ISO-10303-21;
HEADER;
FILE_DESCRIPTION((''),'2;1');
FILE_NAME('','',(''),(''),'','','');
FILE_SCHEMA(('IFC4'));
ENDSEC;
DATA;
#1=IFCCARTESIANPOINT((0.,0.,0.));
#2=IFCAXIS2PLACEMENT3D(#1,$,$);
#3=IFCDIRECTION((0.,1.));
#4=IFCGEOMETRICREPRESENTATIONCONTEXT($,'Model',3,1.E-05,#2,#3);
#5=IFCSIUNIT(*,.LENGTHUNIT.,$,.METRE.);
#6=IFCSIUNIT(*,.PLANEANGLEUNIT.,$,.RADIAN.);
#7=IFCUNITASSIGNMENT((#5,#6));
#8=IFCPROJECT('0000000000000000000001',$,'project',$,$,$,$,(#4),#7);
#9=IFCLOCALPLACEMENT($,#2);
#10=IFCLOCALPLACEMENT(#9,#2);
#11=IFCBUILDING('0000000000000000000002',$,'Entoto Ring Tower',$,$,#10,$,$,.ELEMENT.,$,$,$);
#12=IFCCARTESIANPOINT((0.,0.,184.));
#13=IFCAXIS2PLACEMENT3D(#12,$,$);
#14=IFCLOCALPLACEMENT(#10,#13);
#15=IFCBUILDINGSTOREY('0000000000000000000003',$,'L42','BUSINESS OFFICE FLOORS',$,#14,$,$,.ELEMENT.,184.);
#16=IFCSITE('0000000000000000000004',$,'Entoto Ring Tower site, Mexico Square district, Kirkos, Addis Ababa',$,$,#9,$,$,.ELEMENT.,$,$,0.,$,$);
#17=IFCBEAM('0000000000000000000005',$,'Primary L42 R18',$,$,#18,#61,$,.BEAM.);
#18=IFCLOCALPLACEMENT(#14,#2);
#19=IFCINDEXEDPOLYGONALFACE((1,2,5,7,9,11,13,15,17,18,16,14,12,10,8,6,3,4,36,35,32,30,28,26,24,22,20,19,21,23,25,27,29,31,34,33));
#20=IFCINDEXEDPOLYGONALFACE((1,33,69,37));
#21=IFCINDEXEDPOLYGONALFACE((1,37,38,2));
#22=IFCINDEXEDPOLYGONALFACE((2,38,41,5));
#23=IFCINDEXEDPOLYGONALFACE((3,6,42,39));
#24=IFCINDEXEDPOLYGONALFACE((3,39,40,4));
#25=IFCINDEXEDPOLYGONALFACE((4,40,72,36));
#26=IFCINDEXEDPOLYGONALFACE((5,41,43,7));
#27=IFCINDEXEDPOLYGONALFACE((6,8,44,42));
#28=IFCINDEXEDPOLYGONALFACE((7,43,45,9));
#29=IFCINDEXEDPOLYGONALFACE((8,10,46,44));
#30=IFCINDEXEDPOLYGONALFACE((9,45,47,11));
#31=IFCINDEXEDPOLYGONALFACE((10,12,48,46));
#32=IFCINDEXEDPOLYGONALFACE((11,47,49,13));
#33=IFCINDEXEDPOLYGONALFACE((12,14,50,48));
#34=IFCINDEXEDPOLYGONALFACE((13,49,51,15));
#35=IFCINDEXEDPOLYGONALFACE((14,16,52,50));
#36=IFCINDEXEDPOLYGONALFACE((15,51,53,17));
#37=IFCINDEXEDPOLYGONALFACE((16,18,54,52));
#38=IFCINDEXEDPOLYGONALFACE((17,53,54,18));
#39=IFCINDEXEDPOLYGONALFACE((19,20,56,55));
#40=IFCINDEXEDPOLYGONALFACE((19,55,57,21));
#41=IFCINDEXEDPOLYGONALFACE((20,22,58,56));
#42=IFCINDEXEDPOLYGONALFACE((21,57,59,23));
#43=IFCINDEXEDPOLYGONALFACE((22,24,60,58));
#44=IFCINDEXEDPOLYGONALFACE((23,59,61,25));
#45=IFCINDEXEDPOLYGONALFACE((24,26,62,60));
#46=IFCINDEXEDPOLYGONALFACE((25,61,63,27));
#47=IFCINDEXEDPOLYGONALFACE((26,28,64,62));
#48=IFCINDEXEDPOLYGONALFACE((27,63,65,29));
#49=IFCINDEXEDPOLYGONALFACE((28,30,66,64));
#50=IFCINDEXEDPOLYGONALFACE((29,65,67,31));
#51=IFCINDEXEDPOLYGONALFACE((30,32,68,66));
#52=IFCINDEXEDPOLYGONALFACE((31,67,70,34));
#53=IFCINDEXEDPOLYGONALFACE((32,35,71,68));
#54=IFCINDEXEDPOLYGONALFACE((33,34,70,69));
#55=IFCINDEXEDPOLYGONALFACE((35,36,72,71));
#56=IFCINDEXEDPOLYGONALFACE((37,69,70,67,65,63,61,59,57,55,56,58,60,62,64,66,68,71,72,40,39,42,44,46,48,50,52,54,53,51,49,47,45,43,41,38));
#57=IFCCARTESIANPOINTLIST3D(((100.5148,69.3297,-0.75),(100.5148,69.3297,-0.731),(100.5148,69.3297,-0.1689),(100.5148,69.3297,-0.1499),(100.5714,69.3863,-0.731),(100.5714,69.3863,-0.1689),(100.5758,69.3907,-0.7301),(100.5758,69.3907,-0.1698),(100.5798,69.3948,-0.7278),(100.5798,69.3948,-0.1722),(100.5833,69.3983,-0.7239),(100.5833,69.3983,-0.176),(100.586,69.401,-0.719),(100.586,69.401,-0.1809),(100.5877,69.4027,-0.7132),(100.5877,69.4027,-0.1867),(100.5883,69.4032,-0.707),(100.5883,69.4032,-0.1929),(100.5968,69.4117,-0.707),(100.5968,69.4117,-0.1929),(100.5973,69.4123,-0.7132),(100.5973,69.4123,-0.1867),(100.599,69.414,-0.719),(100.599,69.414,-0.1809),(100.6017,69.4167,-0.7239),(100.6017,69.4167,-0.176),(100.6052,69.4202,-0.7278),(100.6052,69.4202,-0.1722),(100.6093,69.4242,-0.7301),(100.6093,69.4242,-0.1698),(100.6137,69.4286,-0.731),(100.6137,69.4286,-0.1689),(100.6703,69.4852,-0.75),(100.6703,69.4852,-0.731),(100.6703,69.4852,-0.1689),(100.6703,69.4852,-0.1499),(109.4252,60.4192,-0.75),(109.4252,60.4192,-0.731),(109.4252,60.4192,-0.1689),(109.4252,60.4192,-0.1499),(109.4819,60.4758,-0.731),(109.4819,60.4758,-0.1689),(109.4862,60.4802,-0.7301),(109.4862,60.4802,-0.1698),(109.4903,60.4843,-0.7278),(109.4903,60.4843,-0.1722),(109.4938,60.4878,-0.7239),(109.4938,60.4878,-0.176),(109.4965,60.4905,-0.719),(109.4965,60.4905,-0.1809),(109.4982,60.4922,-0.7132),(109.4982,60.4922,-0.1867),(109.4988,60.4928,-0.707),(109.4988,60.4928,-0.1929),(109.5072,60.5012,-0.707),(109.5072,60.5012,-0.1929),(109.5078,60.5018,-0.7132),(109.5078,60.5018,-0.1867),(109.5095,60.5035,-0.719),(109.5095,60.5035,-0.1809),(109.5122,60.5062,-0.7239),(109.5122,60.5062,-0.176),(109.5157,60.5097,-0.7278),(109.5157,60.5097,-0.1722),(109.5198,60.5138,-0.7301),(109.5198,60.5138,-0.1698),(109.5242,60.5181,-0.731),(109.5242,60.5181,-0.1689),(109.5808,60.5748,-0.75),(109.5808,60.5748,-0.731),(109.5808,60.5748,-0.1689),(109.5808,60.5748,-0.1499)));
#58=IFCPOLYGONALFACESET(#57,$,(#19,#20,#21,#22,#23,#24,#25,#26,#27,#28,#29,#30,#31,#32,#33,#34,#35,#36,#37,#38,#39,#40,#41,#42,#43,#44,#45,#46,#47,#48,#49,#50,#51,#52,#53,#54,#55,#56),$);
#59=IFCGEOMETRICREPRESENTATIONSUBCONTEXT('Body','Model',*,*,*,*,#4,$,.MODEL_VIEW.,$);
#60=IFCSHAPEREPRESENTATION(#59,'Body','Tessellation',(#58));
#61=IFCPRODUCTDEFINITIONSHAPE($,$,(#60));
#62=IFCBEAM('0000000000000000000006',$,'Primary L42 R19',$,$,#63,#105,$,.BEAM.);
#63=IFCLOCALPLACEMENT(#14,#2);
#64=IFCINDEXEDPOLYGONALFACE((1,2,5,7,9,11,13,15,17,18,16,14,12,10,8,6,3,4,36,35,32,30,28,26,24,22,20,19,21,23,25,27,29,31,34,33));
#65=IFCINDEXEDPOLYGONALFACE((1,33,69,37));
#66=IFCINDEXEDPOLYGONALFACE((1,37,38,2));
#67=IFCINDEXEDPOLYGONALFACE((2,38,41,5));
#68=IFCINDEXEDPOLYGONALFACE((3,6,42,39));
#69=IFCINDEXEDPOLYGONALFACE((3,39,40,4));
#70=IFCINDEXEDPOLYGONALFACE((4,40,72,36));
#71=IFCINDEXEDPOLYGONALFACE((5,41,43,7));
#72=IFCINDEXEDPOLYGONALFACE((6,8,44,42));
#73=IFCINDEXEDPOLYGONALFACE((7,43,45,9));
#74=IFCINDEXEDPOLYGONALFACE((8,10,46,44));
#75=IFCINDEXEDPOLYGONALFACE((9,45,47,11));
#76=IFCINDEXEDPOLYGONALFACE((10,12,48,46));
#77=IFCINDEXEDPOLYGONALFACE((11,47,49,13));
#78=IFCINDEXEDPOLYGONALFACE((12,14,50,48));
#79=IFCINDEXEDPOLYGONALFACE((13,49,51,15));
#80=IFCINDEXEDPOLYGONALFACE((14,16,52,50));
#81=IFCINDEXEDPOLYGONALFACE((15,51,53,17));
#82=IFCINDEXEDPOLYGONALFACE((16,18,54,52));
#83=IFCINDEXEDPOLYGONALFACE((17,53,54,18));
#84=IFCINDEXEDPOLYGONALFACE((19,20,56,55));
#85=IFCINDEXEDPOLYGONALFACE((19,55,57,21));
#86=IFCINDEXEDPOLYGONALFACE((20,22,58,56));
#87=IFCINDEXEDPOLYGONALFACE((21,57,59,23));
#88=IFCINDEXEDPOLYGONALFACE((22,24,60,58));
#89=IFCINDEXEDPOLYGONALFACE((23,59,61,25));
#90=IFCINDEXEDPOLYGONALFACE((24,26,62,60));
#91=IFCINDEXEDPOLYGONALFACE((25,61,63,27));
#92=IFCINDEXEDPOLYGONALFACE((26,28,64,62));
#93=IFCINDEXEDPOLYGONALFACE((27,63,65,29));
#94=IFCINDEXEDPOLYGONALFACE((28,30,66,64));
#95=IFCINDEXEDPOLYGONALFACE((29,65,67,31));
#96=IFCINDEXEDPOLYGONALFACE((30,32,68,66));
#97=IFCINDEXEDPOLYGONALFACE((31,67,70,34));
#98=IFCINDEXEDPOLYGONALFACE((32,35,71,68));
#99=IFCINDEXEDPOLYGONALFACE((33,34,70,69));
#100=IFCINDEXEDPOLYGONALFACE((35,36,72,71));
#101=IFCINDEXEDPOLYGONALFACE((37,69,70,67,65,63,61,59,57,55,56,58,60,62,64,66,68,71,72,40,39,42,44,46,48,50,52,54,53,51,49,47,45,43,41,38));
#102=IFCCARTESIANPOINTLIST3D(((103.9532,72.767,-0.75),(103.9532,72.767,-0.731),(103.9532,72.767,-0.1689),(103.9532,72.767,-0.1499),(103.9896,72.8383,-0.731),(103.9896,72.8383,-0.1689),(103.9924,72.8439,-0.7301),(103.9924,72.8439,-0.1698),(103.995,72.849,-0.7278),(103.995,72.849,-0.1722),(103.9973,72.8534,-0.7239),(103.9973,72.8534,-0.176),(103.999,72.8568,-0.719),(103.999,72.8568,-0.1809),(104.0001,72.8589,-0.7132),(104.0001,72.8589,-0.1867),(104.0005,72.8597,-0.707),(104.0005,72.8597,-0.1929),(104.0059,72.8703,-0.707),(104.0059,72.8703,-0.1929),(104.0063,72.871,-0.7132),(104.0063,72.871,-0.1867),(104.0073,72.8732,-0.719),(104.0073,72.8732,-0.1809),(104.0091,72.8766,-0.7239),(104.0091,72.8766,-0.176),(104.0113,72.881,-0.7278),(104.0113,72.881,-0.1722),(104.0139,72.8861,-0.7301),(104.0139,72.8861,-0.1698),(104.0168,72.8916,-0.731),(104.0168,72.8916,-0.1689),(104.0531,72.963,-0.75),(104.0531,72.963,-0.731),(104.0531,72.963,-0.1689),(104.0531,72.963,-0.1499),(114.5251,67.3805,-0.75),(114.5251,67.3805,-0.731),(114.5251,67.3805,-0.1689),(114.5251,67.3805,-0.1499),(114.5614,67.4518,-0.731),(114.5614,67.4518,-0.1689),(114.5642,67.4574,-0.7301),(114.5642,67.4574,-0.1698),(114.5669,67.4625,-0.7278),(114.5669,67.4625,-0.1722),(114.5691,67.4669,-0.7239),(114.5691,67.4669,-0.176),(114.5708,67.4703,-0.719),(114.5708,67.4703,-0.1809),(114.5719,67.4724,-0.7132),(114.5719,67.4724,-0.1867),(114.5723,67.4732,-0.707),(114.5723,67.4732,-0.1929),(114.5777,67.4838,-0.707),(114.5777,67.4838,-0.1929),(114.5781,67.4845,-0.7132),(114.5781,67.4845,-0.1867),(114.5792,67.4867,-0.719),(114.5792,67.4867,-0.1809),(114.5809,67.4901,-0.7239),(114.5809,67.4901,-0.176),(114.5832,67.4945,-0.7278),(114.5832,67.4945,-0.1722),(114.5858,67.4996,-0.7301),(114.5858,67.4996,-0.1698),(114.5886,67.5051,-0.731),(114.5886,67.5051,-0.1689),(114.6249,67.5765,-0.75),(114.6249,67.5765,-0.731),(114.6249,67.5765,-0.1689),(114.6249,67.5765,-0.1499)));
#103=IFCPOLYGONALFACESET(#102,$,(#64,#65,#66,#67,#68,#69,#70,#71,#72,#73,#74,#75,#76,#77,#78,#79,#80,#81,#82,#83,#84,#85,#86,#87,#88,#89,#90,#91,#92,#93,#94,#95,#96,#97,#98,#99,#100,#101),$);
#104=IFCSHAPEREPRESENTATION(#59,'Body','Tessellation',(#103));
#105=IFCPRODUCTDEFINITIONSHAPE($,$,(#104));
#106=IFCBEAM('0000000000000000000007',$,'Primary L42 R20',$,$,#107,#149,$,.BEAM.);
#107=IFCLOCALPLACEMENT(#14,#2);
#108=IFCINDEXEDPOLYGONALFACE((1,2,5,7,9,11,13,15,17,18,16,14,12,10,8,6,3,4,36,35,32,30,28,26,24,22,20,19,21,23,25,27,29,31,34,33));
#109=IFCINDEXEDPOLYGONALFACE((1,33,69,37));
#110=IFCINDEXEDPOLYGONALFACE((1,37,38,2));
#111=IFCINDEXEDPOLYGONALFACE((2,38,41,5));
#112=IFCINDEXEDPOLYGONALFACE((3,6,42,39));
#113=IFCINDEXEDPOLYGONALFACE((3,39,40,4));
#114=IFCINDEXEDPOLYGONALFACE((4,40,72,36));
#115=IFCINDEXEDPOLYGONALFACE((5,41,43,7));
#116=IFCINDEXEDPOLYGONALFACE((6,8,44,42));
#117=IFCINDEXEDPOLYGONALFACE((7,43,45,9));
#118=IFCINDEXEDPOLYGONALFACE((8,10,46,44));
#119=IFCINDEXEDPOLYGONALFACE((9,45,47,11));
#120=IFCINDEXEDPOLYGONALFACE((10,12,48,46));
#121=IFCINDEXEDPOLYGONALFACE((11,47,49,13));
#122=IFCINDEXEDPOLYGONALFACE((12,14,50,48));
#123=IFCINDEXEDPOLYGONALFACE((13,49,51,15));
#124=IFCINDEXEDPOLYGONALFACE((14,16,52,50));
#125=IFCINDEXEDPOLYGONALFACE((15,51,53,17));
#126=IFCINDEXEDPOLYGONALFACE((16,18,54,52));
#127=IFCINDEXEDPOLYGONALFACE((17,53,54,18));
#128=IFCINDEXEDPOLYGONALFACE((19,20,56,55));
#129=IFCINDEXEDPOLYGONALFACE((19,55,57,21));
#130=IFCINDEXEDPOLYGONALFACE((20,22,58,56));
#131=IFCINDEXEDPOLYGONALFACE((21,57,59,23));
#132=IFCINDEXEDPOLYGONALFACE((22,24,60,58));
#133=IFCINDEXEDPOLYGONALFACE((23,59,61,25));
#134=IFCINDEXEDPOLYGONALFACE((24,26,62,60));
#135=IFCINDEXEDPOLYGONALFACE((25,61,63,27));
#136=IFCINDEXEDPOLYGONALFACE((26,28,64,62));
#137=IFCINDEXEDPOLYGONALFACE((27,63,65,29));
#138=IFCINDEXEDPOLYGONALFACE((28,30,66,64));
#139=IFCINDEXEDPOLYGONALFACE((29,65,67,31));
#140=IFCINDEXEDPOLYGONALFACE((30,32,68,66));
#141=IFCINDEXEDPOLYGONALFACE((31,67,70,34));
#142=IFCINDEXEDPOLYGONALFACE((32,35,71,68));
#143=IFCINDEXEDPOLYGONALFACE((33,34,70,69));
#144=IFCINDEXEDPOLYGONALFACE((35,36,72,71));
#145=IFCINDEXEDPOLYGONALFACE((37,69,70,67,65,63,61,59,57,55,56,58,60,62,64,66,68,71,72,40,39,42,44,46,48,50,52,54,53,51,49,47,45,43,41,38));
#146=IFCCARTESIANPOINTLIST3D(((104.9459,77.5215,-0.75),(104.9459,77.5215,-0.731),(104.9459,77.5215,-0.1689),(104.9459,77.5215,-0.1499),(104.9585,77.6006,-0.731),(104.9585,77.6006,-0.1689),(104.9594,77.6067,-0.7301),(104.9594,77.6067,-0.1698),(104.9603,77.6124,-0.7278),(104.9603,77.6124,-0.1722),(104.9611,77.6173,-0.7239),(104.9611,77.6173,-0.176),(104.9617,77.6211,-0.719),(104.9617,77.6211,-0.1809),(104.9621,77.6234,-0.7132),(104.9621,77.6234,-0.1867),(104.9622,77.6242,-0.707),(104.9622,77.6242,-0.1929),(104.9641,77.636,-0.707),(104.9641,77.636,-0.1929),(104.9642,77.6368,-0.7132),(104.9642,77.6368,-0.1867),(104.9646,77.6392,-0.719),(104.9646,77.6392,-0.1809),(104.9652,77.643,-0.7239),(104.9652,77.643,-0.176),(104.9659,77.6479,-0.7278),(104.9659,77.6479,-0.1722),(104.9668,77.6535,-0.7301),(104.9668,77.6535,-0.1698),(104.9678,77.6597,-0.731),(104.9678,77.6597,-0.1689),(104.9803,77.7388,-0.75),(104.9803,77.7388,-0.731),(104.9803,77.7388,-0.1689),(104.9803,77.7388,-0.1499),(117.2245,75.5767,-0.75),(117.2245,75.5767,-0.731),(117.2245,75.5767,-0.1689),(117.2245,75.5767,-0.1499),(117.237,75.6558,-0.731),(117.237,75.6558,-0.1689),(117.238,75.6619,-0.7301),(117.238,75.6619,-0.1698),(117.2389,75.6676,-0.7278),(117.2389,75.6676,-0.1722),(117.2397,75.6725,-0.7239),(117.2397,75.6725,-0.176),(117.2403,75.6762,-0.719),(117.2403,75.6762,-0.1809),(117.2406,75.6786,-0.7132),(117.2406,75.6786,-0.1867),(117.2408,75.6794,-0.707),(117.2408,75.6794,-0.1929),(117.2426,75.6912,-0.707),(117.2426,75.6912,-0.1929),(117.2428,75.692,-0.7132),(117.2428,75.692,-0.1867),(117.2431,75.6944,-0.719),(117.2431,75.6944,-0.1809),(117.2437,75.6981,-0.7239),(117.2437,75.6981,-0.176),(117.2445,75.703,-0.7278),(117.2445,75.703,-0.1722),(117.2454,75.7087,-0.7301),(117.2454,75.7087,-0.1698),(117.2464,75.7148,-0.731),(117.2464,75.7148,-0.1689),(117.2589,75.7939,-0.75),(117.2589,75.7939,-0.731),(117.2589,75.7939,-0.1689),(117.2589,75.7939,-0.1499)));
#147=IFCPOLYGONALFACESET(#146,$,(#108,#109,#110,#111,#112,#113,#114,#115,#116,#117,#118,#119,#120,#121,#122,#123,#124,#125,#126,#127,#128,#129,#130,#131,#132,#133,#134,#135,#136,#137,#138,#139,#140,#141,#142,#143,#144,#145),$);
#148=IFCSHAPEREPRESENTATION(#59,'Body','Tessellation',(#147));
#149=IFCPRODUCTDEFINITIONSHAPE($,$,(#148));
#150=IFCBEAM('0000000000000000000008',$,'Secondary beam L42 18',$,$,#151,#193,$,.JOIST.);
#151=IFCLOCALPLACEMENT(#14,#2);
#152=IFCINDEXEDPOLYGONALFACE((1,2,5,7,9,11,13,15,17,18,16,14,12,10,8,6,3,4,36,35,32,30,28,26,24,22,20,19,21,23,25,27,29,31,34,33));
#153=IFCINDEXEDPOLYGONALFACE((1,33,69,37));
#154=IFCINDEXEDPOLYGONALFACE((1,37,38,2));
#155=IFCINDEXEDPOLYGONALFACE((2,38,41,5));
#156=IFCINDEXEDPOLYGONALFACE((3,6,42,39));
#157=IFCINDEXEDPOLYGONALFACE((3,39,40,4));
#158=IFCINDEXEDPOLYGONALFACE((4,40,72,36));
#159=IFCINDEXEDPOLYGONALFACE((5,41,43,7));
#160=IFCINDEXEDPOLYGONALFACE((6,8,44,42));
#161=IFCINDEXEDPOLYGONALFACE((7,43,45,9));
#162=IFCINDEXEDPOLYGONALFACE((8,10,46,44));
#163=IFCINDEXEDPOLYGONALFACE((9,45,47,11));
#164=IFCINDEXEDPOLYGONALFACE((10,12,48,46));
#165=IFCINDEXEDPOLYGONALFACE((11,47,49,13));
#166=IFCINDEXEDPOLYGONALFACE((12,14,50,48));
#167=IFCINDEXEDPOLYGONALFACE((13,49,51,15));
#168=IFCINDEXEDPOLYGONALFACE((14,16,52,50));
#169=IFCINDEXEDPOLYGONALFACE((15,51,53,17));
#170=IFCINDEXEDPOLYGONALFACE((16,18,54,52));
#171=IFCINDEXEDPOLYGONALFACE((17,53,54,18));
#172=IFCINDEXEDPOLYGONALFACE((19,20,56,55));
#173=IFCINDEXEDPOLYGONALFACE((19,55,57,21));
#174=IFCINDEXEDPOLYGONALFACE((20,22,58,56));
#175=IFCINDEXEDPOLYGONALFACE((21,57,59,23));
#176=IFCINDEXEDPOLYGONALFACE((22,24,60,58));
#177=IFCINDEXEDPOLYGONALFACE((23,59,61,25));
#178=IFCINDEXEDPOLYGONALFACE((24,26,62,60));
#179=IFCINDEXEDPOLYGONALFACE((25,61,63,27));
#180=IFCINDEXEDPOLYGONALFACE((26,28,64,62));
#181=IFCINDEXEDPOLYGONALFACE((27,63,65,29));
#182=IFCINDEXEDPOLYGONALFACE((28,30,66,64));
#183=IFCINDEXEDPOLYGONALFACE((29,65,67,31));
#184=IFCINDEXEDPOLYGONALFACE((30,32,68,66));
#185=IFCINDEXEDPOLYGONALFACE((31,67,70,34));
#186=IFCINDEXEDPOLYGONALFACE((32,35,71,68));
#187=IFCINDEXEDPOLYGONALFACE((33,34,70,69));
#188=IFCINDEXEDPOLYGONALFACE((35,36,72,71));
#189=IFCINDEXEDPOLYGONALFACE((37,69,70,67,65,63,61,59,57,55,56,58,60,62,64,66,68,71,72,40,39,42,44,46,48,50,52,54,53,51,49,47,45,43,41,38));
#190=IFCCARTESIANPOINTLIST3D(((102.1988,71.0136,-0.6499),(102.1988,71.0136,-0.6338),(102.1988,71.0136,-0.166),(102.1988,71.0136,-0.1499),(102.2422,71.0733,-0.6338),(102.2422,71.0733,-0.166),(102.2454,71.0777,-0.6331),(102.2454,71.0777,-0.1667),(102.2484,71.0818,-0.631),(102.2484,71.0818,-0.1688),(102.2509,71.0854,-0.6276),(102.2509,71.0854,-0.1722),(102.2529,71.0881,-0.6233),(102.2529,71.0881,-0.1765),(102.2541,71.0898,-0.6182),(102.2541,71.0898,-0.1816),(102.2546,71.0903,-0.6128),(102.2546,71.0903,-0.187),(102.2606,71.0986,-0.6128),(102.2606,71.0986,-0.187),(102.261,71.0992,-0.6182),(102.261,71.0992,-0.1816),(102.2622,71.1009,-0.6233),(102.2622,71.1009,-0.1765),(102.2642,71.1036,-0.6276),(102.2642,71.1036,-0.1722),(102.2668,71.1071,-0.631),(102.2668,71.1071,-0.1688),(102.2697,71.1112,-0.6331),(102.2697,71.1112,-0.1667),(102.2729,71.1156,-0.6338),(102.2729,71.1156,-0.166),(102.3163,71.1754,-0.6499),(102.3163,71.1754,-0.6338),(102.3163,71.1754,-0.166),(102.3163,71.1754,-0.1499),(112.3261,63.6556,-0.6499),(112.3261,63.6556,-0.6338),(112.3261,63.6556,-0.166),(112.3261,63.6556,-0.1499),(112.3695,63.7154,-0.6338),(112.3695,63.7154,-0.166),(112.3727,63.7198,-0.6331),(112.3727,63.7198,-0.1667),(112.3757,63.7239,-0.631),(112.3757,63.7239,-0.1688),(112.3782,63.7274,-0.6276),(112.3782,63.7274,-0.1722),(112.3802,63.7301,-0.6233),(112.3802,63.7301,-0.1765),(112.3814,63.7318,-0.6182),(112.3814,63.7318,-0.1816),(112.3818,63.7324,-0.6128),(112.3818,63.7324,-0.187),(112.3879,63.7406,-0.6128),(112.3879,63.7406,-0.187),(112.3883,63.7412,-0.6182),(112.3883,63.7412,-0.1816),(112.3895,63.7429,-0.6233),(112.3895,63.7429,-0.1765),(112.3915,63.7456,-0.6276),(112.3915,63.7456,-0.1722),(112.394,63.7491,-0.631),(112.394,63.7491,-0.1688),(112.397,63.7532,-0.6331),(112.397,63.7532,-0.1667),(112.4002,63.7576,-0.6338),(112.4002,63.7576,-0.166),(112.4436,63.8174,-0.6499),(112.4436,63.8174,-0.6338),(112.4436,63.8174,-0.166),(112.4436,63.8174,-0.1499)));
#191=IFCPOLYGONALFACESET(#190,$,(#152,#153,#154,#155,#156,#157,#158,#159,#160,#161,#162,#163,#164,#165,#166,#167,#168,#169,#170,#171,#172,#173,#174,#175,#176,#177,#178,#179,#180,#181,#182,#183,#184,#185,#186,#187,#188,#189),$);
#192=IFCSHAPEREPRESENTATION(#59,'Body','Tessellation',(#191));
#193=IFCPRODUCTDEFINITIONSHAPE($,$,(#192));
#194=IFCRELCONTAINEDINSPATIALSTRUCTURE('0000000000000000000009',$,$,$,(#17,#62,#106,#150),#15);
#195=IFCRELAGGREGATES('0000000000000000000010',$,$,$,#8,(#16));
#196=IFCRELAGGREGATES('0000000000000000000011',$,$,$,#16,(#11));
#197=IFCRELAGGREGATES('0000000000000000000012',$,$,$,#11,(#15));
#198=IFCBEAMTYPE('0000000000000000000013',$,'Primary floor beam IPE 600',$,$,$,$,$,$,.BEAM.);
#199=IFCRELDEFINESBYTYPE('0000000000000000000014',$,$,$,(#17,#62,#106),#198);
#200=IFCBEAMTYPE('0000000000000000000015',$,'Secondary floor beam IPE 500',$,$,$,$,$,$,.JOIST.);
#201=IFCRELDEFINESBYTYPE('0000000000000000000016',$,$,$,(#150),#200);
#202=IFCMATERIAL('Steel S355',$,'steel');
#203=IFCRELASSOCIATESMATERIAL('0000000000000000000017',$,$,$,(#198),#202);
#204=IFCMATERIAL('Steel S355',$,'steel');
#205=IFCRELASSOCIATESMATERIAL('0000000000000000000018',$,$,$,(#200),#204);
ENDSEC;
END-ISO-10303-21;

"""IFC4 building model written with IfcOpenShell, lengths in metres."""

from ifc_helpers import new_model, si_unit, direction, frame, origin, origin_2d, place, context, subcontext, project, spatial, i_section, extrude, material, material_profile, profile_set, type_object, element, save


model = new_model("IFC4")

# Units and contexts
model_context = context("Model", 3, precision=1e-05, world=origin(), true_north=direction((0.0, 1.0)))
body_context = subcontext(model_context, "Body", "Model", "MODEL_VIEW")
ifc_project = project(units=[si_unit("LENGTHUNIT", "METRE"), si_unit("PLANEANGLEUNIT", "RADIAN")], contexts=[model_context])

# Site, building, storey
site_placement = place(None, origin())
site = spatial("IfcSite", under=ifc_project, at=site_placement, Name="Entoto Ring Tower site, Mexico Square district, Kirkos, Addis Ababa", CompositionType="ELEMENT", RefElevation=0.0)
building_placement = place(site_placement, origin())
building = spatial("IfcBuilding", under=site, at=building_placement, Name="Entoto Ring Tower", CompositionType="ELEMENT")
storey_placement = place(building_placement, frame((0.0, 0.0, 184.0)))
storey = spatial("IfcBuildingStorey", under=building, at=storey_placement, Name="L42", Description="BUSINESS OFFICE FLOORS", CompositionType="ELEMENT", Elevation=184.0)

# Beams
ifc_material_1 = material(Name="Steel S355", Category="steel")
ifc_material_profile_1 = material_profile(ifc_material_1, i_section(OverallWidth=0.22, OverallDepth=0.6001, WebThickness=0.012, FlangeThickness=0.019, FilletRadius=0.0239, at=origin_2d()), Name="IPE 600")
ifc_profile_set_1 = profile_set([ifc_material_profile_1], Name="Steel S355")
beam_type_1 = type_object("IfcBeamType", Name="Primary floor beam IPE 600", PredefinedType="BEAM", material=ifc_profile_set_1)
beam_1_placement = place(storey_placement, frame((100.5925, 69.4075, -0.45), z_axis=(0.707107, -0.707107, 0.0), x_axis=(0.707107, 0.707107, 0.0)))
element("IfcBeam", 1, at=beam_1_placement, inside=storey, type_object=beam_type_1, Name="Primary L42 R18", PredefinedType="BEAM", context=body_context, shape_type="SweptSolid", body=[
    extrude(i_section(OverallWidth=0.22, OverallDepth=0.6001, WebThickness=0.012, FlangeThickness=0.019, FilletRadius=0.0239, at=origin_2d()), origin(), (0.0, 0.0, 1.0), 12.6013),
])
beam_2_placement = place(storey_placement, frame((104.0032, 72.865, -0.45), z_axis=(0.89101, -0.453983, 0.0), x_axis=(0.453983, 0.89101, 0.0)))
element("IfcBeam", 2, at=beam_2_placement, inside=storey, type_object=beam_type_1, Name="Primary L42 R19", PredefinedType="BEAM", context=body_context, shape_type="SweptSolid", body=[
    extrude(i_section(OverallWidth=0.22, OverallDepth=0.6001, WebThickness=0.012, FlangeThickness=0.019, FilletRadius=0.0239, at=origin_2d()), origin(), (0.0, 0.0, 1.0), 11.865),
])
beam_3_placement = place(storey_placement, frame((104.9631, 77.6301, -0.45), z_axis=(0.987687, -0.156442, 0.0), x_axis=(0.156442, 0.987687, 0.0)))
element("IfcBeam", 3, at=beam_3_placement, inside=storey, type_object=beam_type_1, Name="Primary L42 R20", PredefinedType="BEAM", context=body_context, shape_type="SweptSolid", body=[
    extrude(i_section(OverallWidth=0.22, OverallDepth=0.6001, WebThickness=0.012, FlangeThickness=0.019, FilletRadius=0.0239, at=origin_2d()), origin(), (0.0, 0.0, 1.0), 12.4316),
])
ifc_material_2 = material(Name="Steel S355", Category="steel")
ifc_material_profile_2 = material_profile(ifc_material_2, i_section(OverallWidth=0.2, OverallDepth=0.5, WebThickness=0.0103, FlangeThickness=0.0161, FilletRadius=0.021, at=origin_2d()), Name="IPE 500")
ifc_profile_set_2 = profile_set([ifc_material_profile_2], Name="Steel S355")
beam_type_2 = type_object("IfcBeamType", Name="Secondary floor beam IPE 500", PredefinedType="JOIST", material=ifc_profile_set_2)
beam_4_placement = place(storey_placement, frame((102.2576, 71.0945, -0.3999), z_axis=(0.809014, -0.587789, 0.0), x_axis=(0.587789, 0.809014, 0.0)))
element("IfcBeam", 4, at=beam_4_placement, inside=storey, type_object=beam_type_2, Name="Secondary beam L42 18", PredefinedType="JOIST", context=body_context, shape_type="SweptSolid", body=[
    extrude(i_section(OverallWidth=0.2, OverallDepth=0.5, WebThickness=0.0103, FlangeThickness=0.0161, FilletRadius=0.021, at=origin_2d()), origin(), (0.0, 0.0, 1.0), 12.5181),
])

save(model, "model.ifc")
